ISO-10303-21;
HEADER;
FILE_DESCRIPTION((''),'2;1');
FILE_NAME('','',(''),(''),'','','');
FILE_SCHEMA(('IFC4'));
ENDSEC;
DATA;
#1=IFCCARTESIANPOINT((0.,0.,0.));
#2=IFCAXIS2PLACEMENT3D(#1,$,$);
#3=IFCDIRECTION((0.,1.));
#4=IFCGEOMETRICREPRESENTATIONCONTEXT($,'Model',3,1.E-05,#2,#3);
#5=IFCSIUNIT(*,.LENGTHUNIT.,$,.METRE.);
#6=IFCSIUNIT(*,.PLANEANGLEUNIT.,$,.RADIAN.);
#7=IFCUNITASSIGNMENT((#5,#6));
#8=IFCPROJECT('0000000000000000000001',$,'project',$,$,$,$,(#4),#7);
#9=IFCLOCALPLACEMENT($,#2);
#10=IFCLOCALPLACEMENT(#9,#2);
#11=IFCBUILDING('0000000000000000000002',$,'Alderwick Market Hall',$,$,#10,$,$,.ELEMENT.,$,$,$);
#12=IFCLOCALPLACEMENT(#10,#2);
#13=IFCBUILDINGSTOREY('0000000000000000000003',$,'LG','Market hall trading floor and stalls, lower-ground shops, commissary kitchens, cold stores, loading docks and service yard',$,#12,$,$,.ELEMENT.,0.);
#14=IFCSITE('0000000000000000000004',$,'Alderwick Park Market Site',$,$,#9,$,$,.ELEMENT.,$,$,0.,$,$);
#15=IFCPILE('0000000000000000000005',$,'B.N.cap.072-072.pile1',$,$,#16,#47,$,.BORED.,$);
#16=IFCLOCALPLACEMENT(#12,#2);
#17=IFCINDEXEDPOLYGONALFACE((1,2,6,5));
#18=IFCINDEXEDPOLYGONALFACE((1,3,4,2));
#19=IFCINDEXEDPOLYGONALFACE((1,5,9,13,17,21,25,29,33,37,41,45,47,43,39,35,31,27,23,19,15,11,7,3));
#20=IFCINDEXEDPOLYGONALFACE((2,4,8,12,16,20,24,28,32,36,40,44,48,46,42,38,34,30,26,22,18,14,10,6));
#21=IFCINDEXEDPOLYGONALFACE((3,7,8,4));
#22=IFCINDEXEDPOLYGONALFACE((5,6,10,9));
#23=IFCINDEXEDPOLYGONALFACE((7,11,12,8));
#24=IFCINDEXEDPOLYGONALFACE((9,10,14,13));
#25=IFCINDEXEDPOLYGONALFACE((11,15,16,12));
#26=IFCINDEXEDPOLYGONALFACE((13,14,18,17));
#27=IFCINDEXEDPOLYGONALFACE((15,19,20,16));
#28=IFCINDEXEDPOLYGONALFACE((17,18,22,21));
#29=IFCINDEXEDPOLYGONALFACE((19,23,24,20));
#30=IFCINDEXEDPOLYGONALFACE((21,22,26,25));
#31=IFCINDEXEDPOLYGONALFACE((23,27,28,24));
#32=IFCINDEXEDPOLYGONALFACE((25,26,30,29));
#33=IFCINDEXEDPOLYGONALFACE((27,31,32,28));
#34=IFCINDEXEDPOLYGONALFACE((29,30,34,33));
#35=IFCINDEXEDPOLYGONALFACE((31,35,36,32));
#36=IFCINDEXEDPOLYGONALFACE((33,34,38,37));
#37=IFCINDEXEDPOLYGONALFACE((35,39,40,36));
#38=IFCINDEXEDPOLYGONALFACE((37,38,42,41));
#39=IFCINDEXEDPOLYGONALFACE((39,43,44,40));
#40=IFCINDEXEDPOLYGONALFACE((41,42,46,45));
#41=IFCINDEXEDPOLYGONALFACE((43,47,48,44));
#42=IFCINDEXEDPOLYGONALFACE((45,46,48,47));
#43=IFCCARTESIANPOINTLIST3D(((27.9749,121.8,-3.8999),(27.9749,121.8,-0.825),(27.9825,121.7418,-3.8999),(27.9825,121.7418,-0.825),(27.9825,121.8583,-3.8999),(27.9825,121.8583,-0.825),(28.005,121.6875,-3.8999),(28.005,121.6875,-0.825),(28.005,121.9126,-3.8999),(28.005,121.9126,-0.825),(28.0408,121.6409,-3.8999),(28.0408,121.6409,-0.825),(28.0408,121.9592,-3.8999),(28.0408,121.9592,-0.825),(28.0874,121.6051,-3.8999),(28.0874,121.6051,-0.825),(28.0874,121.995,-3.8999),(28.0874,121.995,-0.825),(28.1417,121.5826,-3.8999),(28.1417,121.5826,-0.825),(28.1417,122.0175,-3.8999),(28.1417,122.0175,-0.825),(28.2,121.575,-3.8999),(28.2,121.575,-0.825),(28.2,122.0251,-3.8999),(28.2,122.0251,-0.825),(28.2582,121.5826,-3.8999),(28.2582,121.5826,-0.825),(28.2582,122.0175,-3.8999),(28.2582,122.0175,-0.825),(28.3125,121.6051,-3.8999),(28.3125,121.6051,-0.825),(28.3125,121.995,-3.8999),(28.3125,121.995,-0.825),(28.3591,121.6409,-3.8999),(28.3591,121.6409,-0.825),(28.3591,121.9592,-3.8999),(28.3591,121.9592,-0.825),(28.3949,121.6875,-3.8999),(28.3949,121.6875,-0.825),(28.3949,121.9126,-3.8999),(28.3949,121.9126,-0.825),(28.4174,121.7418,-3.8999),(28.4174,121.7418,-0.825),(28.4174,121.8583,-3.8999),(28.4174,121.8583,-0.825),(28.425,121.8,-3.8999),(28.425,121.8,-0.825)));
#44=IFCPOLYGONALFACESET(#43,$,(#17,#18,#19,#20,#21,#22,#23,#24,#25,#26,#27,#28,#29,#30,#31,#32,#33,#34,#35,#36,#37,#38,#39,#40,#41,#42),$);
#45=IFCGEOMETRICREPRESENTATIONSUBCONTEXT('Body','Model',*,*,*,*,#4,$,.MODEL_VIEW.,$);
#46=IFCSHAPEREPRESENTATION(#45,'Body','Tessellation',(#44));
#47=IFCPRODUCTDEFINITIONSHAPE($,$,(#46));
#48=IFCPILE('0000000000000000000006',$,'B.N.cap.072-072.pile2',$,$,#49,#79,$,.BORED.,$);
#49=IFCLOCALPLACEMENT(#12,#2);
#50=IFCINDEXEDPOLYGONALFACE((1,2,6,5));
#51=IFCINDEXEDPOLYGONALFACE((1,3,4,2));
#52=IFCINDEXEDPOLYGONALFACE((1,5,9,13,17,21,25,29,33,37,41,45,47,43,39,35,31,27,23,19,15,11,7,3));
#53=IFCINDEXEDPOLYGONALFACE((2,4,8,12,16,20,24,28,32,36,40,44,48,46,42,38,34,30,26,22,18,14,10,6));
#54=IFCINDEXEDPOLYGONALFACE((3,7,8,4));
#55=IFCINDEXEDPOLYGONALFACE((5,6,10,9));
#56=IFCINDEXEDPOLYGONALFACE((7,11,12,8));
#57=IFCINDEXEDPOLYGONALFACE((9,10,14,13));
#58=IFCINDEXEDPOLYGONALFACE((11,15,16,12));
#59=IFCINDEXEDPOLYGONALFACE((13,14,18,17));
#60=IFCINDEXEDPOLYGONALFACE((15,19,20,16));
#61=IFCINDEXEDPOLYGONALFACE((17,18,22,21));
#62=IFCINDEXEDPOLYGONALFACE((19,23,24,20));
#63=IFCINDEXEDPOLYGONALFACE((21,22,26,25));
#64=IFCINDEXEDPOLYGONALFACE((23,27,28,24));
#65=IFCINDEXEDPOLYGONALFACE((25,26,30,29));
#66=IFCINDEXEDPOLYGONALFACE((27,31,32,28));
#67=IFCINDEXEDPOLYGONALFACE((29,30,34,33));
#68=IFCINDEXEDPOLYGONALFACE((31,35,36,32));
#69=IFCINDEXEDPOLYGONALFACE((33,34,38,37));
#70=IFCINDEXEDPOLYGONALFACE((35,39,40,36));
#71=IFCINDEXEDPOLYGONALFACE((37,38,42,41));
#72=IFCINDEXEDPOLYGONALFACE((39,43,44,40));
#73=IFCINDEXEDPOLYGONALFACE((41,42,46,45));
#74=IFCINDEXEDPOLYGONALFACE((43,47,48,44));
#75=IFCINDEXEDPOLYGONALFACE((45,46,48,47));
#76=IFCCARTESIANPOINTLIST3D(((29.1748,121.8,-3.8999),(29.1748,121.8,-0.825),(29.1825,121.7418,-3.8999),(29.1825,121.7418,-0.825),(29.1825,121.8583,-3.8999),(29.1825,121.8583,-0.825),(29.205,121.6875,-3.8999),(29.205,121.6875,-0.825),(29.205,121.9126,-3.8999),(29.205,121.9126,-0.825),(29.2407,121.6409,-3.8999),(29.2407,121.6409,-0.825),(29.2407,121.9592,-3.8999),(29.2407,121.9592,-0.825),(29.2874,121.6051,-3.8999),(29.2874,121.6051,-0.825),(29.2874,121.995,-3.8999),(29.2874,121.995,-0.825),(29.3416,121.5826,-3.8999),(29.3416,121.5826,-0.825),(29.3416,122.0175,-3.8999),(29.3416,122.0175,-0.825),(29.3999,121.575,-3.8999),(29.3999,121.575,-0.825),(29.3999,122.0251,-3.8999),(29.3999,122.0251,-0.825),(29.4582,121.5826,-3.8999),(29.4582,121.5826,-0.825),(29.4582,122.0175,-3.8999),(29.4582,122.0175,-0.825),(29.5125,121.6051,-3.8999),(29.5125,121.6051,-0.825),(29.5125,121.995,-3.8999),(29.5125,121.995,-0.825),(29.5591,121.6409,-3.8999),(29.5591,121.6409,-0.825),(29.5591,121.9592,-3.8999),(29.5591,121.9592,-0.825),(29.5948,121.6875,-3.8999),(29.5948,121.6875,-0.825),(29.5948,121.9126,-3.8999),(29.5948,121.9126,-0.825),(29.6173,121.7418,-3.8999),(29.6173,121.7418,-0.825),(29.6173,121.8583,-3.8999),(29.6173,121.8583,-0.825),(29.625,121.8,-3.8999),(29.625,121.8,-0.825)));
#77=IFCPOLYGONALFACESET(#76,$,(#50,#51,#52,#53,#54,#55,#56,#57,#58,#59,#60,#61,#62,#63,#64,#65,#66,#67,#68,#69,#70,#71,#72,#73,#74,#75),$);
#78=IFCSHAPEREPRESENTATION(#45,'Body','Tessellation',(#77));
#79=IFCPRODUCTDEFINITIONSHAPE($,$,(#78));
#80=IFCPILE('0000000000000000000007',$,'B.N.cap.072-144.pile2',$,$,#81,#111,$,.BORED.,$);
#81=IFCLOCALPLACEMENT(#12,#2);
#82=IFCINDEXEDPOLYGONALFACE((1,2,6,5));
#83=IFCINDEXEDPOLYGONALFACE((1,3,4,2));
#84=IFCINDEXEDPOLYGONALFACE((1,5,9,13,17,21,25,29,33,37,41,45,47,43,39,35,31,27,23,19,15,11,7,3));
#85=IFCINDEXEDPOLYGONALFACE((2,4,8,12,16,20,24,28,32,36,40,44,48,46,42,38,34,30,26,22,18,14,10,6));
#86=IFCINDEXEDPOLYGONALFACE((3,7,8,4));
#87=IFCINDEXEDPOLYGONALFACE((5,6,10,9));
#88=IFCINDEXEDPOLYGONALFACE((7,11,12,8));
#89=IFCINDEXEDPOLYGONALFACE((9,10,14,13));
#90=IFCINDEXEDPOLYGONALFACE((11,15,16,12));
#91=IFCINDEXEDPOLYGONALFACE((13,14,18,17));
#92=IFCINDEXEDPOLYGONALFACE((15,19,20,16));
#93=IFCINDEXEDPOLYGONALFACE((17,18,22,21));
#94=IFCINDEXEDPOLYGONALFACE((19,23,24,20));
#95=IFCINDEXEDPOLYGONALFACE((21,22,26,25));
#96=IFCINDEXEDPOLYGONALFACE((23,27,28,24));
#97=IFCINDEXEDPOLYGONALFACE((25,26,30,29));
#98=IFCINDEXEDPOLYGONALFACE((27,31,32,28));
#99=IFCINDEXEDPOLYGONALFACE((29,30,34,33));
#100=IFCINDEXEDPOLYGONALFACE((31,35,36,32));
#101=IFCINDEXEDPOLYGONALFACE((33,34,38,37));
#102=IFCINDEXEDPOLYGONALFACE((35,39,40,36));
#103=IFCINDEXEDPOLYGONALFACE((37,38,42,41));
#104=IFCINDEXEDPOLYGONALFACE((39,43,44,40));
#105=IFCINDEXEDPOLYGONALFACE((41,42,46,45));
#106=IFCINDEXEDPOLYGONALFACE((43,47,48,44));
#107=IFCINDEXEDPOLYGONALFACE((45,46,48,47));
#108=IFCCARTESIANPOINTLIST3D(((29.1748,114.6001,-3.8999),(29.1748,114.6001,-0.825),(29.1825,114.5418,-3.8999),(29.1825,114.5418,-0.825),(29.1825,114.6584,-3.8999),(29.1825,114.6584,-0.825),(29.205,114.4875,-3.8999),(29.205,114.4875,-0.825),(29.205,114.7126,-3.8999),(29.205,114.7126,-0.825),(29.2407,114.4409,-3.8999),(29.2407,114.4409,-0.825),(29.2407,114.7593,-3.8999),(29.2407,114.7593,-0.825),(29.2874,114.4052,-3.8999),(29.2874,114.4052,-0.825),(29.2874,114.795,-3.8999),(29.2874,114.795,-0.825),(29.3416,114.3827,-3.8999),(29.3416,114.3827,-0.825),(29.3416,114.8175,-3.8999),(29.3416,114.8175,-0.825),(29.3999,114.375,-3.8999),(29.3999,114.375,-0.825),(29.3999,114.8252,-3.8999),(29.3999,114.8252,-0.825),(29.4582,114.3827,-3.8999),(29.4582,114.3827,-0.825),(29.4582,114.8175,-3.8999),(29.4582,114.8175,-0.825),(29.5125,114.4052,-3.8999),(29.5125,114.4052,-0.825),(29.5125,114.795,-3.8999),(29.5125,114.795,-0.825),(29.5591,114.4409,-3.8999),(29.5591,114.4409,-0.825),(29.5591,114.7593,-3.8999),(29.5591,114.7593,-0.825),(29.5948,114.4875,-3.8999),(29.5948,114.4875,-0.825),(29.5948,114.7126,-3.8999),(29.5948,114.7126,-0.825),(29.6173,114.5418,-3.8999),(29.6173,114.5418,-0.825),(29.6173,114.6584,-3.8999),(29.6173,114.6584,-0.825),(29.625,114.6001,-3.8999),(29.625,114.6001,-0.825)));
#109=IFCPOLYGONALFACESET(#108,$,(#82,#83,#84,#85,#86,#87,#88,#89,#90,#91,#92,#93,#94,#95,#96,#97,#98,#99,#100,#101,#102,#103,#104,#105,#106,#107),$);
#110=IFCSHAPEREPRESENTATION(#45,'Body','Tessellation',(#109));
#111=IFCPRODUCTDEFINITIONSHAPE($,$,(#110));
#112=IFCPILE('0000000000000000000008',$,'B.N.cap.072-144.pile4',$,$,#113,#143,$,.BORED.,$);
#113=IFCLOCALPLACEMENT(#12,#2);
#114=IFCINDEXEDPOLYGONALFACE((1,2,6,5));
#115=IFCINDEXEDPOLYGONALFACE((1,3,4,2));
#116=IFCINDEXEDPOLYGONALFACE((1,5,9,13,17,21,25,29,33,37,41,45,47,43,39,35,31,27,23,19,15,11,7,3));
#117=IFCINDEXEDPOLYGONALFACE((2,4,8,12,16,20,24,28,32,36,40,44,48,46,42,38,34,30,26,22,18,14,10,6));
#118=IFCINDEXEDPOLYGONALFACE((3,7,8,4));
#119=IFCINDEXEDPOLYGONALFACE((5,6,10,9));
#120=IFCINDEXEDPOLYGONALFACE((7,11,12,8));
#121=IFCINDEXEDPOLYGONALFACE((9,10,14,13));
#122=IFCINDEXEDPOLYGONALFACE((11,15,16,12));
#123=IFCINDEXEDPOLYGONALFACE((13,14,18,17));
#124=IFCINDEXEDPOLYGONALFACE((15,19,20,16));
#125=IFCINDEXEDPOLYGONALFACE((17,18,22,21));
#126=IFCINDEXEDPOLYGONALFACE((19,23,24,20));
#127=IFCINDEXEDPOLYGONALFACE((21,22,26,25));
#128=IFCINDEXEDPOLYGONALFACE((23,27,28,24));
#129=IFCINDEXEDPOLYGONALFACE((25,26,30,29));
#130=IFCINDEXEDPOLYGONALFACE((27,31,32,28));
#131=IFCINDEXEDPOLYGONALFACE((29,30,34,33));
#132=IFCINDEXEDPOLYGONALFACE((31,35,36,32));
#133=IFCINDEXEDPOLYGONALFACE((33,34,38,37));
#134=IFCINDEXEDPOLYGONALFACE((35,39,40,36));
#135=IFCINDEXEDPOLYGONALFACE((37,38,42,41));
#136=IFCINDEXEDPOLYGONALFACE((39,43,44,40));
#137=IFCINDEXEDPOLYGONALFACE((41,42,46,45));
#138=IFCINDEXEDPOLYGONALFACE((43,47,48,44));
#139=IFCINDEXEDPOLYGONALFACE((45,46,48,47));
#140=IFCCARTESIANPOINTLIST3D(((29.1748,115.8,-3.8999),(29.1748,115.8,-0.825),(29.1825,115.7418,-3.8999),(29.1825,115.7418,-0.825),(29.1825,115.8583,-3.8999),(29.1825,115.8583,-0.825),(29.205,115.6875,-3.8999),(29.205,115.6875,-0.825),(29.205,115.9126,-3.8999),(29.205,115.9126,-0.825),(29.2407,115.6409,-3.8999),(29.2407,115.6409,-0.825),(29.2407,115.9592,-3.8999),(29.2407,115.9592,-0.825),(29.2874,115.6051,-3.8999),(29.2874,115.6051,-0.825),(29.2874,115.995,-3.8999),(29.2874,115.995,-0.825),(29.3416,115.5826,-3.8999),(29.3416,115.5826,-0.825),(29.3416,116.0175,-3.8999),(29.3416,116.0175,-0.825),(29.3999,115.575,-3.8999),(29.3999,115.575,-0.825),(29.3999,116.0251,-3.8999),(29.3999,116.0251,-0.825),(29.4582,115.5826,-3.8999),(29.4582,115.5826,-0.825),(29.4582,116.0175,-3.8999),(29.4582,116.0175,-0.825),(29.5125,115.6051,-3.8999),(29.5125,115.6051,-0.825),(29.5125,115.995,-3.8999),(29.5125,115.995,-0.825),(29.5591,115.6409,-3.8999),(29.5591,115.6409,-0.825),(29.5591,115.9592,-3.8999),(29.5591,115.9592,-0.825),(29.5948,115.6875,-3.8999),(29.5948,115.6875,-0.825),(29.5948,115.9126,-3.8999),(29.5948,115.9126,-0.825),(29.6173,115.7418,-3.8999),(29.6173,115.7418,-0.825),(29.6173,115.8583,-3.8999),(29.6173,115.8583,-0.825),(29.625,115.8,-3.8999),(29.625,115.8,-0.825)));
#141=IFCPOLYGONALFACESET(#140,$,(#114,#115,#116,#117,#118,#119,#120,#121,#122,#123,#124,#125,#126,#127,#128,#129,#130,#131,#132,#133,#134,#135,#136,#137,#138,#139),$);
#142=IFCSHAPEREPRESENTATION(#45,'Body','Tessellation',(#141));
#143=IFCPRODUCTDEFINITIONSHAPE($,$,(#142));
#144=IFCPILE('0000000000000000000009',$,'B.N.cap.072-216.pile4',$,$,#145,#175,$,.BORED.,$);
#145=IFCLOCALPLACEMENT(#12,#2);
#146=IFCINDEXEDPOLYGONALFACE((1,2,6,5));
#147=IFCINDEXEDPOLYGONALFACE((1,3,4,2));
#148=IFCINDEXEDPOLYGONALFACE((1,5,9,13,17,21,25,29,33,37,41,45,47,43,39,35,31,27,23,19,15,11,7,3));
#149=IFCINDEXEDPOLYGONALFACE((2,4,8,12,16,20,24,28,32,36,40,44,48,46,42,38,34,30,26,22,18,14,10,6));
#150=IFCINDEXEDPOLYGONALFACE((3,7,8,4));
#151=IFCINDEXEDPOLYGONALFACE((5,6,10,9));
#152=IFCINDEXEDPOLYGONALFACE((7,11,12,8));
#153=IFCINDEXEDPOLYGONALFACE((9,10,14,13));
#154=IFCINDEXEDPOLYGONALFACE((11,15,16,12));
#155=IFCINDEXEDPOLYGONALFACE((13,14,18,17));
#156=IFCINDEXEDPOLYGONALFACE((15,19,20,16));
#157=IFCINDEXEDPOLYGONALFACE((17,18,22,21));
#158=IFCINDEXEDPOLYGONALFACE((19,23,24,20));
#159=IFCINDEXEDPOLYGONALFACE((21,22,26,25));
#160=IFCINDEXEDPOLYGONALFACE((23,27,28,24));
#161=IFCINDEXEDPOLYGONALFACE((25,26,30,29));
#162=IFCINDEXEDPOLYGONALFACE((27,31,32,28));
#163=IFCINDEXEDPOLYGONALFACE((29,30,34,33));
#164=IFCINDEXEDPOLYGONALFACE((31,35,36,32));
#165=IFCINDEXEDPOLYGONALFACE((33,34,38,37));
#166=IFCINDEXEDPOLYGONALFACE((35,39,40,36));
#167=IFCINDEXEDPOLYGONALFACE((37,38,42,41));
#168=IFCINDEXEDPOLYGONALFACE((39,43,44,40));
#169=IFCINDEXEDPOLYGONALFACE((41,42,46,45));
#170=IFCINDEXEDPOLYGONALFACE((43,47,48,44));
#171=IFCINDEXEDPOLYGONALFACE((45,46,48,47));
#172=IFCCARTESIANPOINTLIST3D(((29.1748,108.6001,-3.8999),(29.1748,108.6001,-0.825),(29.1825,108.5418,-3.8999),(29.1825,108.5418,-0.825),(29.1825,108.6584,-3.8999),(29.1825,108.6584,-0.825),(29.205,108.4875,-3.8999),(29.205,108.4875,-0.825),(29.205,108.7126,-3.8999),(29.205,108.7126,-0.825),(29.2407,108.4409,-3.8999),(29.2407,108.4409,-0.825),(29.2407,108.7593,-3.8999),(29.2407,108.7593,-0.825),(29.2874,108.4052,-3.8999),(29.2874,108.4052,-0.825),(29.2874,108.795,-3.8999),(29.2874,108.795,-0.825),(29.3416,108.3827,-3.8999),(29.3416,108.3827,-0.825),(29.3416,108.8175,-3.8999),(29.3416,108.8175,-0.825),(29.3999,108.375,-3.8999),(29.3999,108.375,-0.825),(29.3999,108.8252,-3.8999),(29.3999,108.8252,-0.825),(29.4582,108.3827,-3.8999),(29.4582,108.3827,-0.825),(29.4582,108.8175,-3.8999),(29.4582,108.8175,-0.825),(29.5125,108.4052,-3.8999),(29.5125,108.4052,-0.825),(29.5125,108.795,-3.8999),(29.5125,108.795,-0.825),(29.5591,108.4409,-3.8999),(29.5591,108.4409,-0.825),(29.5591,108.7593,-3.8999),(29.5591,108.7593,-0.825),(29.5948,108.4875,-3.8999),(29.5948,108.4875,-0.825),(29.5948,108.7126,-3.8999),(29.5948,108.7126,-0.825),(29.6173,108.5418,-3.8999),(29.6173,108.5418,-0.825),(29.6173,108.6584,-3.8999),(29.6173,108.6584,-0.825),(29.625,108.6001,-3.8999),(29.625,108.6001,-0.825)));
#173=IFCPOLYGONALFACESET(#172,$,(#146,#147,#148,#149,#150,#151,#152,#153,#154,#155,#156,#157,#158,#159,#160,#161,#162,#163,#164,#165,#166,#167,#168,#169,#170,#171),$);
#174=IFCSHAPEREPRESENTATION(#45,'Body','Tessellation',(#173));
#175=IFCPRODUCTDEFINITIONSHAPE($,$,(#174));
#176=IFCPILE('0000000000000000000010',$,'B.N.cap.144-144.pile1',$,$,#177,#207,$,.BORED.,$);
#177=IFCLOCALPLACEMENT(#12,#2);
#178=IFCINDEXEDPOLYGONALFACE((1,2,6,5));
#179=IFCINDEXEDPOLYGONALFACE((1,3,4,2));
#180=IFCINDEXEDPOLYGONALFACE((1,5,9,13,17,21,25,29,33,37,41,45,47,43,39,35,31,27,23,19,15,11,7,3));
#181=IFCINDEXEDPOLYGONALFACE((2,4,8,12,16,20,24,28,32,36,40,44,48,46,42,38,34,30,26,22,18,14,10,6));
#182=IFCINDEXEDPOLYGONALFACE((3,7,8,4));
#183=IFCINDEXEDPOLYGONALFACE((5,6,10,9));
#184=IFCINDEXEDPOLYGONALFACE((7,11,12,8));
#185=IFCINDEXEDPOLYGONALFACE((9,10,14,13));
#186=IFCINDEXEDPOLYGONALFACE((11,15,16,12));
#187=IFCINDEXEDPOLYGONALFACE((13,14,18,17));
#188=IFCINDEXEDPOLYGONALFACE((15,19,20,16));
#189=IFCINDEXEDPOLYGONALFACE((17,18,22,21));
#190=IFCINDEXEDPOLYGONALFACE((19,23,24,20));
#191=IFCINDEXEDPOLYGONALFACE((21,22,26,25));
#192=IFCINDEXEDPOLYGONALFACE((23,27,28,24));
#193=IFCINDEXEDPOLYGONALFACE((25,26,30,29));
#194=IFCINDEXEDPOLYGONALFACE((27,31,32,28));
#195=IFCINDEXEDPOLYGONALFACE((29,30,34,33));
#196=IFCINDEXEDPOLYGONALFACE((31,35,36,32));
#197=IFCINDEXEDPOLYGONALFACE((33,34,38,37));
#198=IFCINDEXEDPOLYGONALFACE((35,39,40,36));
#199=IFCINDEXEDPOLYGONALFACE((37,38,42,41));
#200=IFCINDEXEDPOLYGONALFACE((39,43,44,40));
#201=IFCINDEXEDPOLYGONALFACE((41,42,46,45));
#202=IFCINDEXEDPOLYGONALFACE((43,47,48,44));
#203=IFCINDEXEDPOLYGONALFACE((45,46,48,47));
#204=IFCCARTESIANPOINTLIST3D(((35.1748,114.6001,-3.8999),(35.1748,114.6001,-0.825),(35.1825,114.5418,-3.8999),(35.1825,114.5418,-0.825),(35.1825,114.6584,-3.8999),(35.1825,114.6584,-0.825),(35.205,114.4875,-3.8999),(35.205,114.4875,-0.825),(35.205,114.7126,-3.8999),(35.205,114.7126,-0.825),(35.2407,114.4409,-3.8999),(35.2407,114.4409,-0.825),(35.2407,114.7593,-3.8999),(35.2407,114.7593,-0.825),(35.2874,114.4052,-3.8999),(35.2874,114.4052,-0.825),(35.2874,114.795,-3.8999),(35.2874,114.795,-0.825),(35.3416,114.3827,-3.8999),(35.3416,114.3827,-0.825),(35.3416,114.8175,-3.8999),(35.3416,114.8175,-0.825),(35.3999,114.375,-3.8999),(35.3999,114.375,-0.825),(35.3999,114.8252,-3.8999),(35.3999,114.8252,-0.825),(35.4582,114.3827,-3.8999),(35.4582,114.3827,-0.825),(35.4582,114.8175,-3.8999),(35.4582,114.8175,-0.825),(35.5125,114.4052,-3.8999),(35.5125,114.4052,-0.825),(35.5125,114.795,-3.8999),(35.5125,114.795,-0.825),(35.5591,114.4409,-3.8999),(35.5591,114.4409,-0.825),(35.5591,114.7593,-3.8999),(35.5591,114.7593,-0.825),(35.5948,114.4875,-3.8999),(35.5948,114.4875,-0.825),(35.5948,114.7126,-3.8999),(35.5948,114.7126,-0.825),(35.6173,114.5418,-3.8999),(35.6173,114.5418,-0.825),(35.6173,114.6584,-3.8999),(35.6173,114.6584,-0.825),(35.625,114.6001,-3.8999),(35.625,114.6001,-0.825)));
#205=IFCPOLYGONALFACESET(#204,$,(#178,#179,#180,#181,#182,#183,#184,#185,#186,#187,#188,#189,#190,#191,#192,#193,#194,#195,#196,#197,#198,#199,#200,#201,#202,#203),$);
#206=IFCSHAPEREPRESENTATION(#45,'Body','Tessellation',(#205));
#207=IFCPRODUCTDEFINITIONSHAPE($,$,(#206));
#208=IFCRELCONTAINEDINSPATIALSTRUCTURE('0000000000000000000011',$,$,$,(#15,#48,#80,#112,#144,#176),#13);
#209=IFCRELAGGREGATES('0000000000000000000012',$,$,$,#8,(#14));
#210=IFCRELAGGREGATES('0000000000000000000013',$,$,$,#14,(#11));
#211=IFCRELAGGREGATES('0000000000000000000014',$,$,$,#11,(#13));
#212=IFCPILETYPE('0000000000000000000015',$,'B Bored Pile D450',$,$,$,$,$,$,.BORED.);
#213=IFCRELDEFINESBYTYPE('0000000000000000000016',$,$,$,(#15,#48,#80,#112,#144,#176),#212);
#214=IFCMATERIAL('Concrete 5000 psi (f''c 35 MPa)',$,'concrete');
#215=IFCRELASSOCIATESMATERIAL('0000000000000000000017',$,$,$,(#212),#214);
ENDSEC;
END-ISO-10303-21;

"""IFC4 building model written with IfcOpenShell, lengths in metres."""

from ifc_helpers import new_model, si_unit, direction, frame, origin, origin_2d, place, context, subcontext, project, spatial, circle, extrude, material, material_profile, profile_set, type_object, element, save


model = new_model("IFC4")

# Units and contexts
model_context = context("Model", 3, precision=1e-05, world=origin(), true_north=direction((0.0, 1.0)))
body_context = subcontext(model_context, "Body", "Model", "MODEL_VIEW")
ifc_project = project(units=[si_unit("LENGTHUNIT", "METRE"), si_unit("PLANEANGLEUNIT", "RADIAN")], contexts=[model_context])

# Site, building, storey
site_placement = place(None, origin())
site = spatial("IfcSite", under=ifc_project, at=site_placement, Name="Alderwick Park Market Site", CompositionType="ELEMENT", RefElevation=0.0)
building_placement = place(site_placement, origin())
building = spatial("IfcBuilding", under=site, at=building_placement, Name="Alderwick Market Hall", CompositionType="ELEMENT")
storey_placement = place(building_placement, origin())
storey = spatial("IfcBuildingStorey", under=building, at=storey_placement, Name="LG", Description="Market hall trading floor and stalls, lower-ground shops, commissary kitchens, cold stores, loading docks and service yard", CompositionType="ELEMENT", Elevation=0.0)

# Piles
ifc_material_1 = material(Name="Concrete 5000 psi (f'c 35 MPa)", Category="concrete")
ifc_material_profile_1 = material_profile(ifc_material_1, circle(Radius=0.2251, at=origin_2d()), Name="B Bored Pile D450")
ifc_profile_set_1 = profile_set([ifc_material_profile_1], Name="Concrete 5000 psi (f'c 35 MPa)")
pile_type = type_object("IfcPileType", Name="B Bored Pile D450", PredefinedType="BORED", material=ifc_profile_set_1)
for number, where, z_axis, x_axis, name in (
    (1, (28.2, 121.8, -0.825), (0.0, 0.0, -1.0), (1.0, 0.0, 0.0), "B.N.cap.072-072.pile1"),
    (2, (29.3999, 121.8, -0.825), (0.0, 0.0, -1.0), (1.0, 0.0, 0.0), "B.N.cap.072-072.pile2"),
    (3, (29.3999, 114.6001, -0.825), (0.0, 0.0, -1.0), (1.0, 0.0, 0.0), "B.N.cap.072-144.pile2"),
    (4, (29.3999, 115.8, -0.825), (0.0, 0.0, -1.0), (1.0, 0.0, 0.0), "B.N.cap.072-144.pile4"),
    (5, (29.3999, 108.6001, -0.825), (0.0, 0.0, -1.0), (1.0, 0.0, 0.0), "B.N.cap.072-216.pile4"),
    (6, (35.3999, 114.6001, -0.825), (0.0, 0.0, -1.0), (1.0, 0.0, 0.0), "B.N.cap.144-144.pile1"),
):
    element("IfcPile", number, at=place(storey_placement, frame(where, z_axis=z_axis, x_axis=x_axis)), inside=storey, type_object=pile_type, Name=name, PredefinedType="BORED", context=body_context, shape_type="SweptSolid", body=[
        extrude(circle(Radius=0.2251, at=origin_2d()), origin(), (0.0, 0.0, 1.0), 3.075),
    ])

save(model, "model.ifc")
